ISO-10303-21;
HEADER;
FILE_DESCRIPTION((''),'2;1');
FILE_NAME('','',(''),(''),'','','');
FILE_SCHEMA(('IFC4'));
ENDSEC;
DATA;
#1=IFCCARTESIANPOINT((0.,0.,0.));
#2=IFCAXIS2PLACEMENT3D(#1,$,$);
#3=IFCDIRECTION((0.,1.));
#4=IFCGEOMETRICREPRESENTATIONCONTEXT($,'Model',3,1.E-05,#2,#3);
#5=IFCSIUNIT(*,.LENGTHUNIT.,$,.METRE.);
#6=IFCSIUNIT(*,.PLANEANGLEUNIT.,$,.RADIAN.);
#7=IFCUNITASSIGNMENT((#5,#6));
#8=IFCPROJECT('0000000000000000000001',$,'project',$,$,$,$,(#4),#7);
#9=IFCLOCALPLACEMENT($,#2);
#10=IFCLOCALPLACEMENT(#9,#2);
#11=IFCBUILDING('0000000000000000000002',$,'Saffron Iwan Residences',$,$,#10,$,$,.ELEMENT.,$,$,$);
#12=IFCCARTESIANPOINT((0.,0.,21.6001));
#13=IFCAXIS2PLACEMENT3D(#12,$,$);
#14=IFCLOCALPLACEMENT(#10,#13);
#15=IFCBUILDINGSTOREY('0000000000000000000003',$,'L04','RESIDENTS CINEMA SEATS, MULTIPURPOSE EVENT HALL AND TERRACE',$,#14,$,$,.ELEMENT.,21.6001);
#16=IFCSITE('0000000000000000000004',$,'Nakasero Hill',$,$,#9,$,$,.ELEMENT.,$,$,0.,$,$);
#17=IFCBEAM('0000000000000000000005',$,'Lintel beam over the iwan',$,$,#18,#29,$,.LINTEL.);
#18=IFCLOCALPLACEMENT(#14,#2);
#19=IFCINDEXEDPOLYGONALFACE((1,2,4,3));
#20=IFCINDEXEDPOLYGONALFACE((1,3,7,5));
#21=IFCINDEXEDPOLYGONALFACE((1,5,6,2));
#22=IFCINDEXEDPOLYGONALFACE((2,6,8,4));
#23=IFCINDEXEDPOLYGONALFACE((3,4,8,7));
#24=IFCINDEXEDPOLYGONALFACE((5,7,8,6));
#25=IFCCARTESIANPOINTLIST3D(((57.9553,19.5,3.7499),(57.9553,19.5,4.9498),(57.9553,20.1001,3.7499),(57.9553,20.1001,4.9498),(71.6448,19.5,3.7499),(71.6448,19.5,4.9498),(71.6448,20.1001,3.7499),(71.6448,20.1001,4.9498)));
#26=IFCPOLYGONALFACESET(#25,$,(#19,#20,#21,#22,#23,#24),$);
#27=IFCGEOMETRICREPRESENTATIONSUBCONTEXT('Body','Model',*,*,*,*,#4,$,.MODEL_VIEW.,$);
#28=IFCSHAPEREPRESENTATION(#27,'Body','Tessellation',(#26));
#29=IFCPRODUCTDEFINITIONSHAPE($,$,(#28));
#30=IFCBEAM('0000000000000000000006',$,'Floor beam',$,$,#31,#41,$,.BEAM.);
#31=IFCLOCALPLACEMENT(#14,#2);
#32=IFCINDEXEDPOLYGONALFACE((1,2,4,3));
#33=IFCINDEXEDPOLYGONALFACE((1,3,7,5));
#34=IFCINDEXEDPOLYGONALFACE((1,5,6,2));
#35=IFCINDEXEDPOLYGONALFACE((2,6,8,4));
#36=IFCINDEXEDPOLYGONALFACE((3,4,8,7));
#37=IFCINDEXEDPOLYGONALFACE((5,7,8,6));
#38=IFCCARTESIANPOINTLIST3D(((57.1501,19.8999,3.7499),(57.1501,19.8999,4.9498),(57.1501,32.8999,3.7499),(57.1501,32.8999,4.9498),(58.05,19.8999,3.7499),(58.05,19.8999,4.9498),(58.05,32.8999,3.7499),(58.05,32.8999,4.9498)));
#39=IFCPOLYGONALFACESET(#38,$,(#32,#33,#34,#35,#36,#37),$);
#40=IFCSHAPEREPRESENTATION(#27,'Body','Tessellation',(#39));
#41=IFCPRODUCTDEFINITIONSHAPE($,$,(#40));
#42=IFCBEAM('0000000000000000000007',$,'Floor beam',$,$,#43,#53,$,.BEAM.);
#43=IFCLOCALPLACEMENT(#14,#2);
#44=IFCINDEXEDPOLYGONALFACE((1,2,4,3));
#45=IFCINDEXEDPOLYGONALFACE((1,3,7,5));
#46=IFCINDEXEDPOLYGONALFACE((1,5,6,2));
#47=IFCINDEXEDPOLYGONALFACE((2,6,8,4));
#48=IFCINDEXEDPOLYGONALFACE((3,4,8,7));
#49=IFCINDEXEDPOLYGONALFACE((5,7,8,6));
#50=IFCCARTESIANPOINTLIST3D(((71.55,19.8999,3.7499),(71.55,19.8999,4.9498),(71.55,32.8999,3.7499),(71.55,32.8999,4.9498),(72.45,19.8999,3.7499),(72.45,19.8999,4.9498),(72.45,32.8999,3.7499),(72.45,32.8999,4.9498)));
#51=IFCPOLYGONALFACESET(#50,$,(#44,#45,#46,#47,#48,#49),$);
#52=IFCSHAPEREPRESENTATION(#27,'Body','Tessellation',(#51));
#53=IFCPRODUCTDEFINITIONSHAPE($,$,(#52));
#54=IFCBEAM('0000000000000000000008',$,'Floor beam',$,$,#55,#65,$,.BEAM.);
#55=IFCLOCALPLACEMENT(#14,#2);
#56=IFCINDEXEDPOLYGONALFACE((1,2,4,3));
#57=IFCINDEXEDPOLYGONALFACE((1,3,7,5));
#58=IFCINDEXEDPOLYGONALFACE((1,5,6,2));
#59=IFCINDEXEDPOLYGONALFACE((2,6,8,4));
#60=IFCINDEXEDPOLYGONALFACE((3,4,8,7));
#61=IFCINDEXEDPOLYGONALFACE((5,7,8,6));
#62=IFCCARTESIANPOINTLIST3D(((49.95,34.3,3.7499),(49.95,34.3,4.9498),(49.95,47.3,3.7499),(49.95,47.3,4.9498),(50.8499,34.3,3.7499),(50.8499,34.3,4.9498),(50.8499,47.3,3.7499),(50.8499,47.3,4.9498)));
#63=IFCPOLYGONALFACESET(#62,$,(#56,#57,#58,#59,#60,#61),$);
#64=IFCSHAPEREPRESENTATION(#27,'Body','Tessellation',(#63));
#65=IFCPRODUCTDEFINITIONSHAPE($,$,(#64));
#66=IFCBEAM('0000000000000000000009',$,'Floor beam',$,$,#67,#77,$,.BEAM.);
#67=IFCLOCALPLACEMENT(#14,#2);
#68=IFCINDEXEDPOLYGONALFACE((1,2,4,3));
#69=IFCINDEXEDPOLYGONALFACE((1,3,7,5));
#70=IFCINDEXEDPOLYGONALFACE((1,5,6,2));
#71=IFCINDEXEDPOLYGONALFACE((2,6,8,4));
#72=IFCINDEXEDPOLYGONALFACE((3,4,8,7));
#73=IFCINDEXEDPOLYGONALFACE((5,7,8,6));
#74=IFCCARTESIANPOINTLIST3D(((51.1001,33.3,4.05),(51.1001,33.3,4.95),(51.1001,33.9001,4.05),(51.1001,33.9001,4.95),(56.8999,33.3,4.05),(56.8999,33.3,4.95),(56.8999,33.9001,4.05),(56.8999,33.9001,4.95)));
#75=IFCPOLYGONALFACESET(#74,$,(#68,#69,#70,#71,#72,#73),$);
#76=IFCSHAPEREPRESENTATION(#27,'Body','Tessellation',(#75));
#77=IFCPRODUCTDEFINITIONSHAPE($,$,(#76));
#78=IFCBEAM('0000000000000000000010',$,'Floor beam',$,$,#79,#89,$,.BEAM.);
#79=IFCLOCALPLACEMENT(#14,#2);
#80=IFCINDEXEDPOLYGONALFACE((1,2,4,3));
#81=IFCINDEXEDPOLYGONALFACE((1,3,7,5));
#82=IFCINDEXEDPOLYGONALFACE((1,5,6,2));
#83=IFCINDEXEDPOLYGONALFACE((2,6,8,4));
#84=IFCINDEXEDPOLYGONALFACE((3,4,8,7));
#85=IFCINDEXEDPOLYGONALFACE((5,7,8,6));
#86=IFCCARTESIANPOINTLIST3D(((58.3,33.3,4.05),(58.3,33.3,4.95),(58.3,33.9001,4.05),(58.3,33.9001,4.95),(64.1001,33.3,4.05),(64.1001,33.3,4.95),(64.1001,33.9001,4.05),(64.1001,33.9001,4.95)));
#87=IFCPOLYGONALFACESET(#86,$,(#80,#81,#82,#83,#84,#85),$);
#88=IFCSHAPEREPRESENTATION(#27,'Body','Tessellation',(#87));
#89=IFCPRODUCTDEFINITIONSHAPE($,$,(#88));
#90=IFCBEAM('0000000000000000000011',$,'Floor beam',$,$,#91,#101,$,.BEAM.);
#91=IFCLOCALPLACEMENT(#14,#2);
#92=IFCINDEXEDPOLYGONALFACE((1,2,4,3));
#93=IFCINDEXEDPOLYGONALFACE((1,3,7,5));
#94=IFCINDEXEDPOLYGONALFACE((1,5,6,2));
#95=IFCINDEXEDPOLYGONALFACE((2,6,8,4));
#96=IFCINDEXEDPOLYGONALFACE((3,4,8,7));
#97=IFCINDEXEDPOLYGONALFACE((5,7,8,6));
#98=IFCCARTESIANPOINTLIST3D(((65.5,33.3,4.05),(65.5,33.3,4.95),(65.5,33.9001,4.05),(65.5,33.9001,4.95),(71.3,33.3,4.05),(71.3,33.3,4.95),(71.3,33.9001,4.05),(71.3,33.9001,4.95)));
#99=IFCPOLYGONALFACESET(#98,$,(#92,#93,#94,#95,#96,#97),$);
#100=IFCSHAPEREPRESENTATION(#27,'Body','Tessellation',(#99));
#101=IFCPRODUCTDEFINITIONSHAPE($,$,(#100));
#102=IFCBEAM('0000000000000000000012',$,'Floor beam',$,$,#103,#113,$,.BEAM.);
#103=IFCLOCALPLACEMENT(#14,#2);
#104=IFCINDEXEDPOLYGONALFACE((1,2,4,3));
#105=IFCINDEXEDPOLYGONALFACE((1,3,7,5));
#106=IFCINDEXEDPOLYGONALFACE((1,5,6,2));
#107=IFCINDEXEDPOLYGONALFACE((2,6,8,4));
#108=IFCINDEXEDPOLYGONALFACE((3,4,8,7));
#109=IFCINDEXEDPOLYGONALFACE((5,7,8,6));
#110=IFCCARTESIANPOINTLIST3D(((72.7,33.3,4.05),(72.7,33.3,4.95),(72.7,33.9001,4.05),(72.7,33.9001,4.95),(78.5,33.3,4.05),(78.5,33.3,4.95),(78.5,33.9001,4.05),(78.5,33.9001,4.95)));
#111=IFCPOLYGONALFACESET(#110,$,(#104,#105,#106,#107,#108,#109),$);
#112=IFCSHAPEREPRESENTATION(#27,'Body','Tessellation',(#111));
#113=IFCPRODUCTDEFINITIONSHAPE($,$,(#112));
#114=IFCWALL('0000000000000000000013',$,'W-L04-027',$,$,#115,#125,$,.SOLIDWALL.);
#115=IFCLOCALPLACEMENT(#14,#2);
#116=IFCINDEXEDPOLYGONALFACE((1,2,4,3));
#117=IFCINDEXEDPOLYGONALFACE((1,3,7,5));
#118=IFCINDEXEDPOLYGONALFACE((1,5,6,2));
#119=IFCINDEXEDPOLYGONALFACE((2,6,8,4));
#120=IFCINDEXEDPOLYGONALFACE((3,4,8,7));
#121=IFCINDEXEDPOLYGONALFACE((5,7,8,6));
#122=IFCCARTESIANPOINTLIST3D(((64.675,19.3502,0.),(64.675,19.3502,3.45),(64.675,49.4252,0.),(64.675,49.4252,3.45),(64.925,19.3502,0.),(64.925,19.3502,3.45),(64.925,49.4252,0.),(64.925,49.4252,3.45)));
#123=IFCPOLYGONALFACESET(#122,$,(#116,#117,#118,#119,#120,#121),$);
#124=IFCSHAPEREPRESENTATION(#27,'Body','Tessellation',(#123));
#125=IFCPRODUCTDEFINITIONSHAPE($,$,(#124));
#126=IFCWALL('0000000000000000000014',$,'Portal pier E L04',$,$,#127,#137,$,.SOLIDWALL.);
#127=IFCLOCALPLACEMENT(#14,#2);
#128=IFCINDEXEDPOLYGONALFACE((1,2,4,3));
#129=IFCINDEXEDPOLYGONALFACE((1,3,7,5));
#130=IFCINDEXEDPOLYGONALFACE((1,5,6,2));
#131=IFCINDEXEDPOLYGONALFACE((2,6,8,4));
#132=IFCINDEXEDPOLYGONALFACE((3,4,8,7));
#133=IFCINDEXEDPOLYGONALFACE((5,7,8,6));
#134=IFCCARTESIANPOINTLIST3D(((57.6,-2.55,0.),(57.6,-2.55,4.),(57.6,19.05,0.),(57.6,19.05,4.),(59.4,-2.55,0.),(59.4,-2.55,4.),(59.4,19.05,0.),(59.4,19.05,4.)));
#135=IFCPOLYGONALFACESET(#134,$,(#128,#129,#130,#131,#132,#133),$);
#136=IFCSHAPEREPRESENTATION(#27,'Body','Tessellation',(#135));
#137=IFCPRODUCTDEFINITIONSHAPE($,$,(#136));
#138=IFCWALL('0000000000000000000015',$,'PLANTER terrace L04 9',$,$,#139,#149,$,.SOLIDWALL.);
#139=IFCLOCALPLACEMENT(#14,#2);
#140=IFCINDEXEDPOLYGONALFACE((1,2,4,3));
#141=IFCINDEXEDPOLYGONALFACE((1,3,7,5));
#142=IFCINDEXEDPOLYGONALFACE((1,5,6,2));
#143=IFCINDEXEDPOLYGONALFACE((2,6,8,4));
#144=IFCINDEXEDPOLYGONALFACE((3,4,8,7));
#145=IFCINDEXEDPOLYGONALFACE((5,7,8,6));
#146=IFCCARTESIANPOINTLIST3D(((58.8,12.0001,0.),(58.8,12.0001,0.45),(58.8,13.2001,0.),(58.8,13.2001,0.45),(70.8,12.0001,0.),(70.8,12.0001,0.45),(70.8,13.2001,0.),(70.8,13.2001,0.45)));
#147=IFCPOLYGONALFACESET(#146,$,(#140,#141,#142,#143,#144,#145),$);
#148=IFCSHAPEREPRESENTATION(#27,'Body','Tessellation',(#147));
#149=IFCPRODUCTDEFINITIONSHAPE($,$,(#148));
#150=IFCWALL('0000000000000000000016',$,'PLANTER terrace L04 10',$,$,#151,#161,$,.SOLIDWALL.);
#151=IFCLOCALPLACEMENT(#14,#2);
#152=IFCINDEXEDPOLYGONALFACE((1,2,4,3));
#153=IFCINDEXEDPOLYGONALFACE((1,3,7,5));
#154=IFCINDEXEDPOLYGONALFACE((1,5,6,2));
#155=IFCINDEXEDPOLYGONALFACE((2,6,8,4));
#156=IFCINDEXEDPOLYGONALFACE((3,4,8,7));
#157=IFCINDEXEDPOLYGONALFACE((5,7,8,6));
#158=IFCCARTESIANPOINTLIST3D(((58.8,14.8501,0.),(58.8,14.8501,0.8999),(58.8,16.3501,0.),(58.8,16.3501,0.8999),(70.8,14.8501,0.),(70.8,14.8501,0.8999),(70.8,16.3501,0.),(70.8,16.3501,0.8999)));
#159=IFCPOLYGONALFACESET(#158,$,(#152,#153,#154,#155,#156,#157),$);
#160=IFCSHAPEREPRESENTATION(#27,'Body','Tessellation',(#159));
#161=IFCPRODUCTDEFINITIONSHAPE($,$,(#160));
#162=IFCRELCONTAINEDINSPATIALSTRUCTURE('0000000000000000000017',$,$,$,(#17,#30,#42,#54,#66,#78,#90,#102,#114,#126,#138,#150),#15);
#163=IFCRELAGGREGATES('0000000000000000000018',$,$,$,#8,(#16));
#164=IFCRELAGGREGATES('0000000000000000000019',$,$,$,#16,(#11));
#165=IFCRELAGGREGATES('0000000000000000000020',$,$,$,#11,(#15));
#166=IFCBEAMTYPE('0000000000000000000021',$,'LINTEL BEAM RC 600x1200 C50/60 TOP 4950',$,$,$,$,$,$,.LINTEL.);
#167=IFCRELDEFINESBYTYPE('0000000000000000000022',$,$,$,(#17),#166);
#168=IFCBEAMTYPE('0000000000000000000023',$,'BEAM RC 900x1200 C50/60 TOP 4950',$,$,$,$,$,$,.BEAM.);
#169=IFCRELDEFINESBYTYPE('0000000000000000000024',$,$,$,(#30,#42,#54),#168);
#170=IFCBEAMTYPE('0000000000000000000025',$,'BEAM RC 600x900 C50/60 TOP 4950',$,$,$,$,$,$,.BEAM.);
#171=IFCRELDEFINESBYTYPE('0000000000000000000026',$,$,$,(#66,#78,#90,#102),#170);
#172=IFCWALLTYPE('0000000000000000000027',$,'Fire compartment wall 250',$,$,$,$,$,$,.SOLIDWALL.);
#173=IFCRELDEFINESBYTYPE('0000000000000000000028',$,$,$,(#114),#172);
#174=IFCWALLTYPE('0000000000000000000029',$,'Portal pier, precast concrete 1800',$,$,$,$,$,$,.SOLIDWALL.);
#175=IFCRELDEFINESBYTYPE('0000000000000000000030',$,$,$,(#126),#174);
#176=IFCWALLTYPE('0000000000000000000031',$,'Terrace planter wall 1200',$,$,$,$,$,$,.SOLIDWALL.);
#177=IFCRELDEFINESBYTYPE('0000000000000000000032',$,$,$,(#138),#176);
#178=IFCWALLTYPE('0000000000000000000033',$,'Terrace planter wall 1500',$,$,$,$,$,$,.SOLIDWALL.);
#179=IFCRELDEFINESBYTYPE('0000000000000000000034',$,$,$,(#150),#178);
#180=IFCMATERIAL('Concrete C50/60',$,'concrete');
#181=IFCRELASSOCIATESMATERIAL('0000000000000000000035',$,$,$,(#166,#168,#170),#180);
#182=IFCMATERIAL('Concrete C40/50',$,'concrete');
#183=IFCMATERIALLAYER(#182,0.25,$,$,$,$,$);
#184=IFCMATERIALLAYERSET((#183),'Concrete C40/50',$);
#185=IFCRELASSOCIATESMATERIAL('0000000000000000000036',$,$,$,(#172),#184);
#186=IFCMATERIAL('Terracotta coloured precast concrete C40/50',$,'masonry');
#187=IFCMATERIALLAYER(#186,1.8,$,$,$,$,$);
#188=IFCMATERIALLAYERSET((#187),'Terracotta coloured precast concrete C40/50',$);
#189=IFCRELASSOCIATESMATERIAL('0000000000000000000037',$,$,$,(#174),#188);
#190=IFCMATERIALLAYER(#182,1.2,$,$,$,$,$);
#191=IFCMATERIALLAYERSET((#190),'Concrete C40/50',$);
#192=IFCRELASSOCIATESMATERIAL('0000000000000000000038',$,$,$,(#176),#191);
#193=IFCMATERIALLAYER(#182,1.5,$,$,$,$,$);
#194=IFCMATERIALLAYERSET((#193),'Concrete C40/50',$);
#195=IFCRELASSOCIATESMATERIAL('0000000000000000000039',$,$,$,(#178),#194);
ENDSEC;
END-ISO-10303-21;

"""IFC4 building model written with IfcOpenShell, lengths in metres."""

from ifc_helpers import new_model, si_unit, direction, frame, frame_2d, origin, origin_2d, place, context, subcontext, project, spatial, rectangle, extrude, source, transform, mapped, material, layer, layer_set, material_profile, profile_set, type_object, element, save


model = new_model("IFC4")

# Units and contexts
model_context = context("Model", 3, precision=1e-05, world=origin(), true_north=direction((0.0, 1.0)))
body_context = subcontext(model_context, "Body", "Model", "MODEL_VIEW")
ifc_project = project(units=[si_unit("LENGTHUNIT", "METRE"), si_unit("PLANEANGLEUNIT", "RADIAN")], contexts=[model_context])

# Site, building, storey
site_placement = place(None, origin())
site = spatial("IfcSite", under=ifc_project, at=site_placement, Name="Nakasero Hill", CompositionType="ELEMENT", RefElevation=0.0)
building_placement = place(site_placement, origin())
building = spatial("IfcBuilding", under=site, at=building_placement, Name="Saffron Iwan Residences", CompositionType="ELEMENT")
storey_placement = place(building_placement, frame((0.0, 0.0, 21.6001)))
storey = spatial("IfcBuildingStorey", under=building, at=storey_placement, Name="L04", Description="RESIDENTS CINEMA SEATS, MULTIPURPOSE EVENT HALL AND TERRACE", CompositionType="ELEMENT", Elevation=21.6001)

# Shared definitions
ifc_material_1 = material(Name="Concrete C50/60", Category="concrete")

# Beams
ifc_material_profile_1 = material_profile(ifc_material_1, rectangle(XDim=0.6001, YDim=1.2, at=origin_2d()), Name="RC 600x1200")
ifc_profile_set_1 = profile_set([ifc_material_profile_1], Name="Concrete C50/60")
beam_type_1 = type_object("IfcBeamType", Name="LINTEL BEAM RC 600x1200 C50/60 TOP 4950", PredefinedType="LINTEL", material=ifc_profile_set_1)
shared_shape_1 = source(origin(), body_context, "Body", "SweptSolid", [
    extrude(rectangle(XDim=0.6001, YDim=1.2, at=origin_2d()), origin(), (0.0, 0.0, 1.0), 13.6895),
])
beam_1_placement = place(storey_placement, frame((71.6448, 19.8, 4.3499), z_axis=(-1.0, 0.0, 0.0), x_axis=(0.0, -1.0, 0.0)))
element("IfcBeam", 1, at=beam_1_placement, inside=storey, type_object=beam_type_1, Name="Lintel beam over the iwan", PredefinedType="LINTEL", context=body_context, shape_type="MappedRepresentation", body=[
    mapped(shared_shape_1, transform((0.0, 0.0, 0.0))),
])
ifc_material_profile_2 = material_profile(ifc_material_1, rectangle(XDim=0.8999, YDim=1.2, at=origin_2d()), Name="RC 900x1200")
ifc_profile_set_2 = profile_set([ifc_material_profile_2], Name="Concrete C50/60")
beam_type_2 = type_object("IfcBeamType", Name="BEAM RC 900x1200 C50/60 TOP 4950", PredefinedType="BEAM", material=ifc_profile_set_2)
shared_shape_2 = source(origin(), body_context, "Body", "SweptSolid", [
    extrude(rectangle(XDim=0.8999, YDim=1.2, at=origin_2d()), origin(), (0.0, 0.0, 1.0), 13.0),
])
for number, where, z_axis, x_axis, name in (
    (2, (57.6001, 19.8999, 4.3499), (0.0, 1.0, 0.0), (-1.0, 0.0, 0.0), "Floor beam"),
    (3, (72.0, 19.8999, 4.3499), (0.0, 1.0, 0.0), (-1.0, 0.0, 0.0), "Floor beam"),
    (4, (50.3999, 34.3, 4.3499), (0.0, 1.0, 0.0), (-1.0, 0.0, 0.0), "Floor beam"),
):
    element("IfcBeam", number, at=place(storey_placement, frame(where, z_axis=z_axis, x_axis=x_axis)), inside=storey, type_object=beam_type_2, Name=name, PredefinedType="BEAM", context=body_context, shape_type="MappedRepresentation", body=[
        mapped(shared_shape_2, transform((0.0, 0.0, 0.0))),
    ])
ifc_material_profile_3 = material_profile(ifc_material_1, rectangle(XDim=0.6001, YDim=0.8999, at=origin_2d()), Name="RC 600x900")
ifc_profile_set_3 = profile_set([ifc_material_profile_3], Name="Concrete C50/60")
beam_type_3 = type_object("IfcBeamType", Name="BEAM RC 600x900 C50/60 TOP 4950", PredefinedType="BEAM", material=ifc_profile_set_3)
shared_shape_3 = source(origin(), body_context, "Body", "SweptSolid", [
    extrude(rectangle(XDim=0.6001, YDim=0.8999, at=origin_2d()), origin(), (0.0, 0.0, 1.0), 5.7998),
])
beam_2_placement = place(storey_placement, frame((51.1001, 33.6001, 4.5), z_axis=(1.0, 0.0, 0.0), x_axis=(0.0, 1.0, 0.0)))
element("IfcBeam", 5, at=beam_2_placement, inside=storey, type_object=beam_type_3, Name="Floor beam", PredefinedType="BEAM", context=body_context, shape_type="MappedRepresentation", body=[
    mapped(shared_shape_3, transform((0.0, 0.0, 0.0))),
])
shared_shape_4 = source(origin(), body_context, "Body", "SweptSolid", [
    extrude(rectangle(XDim=0.6001, YDim=0.8999, at=origin_2d()), origin(), (0.0, 0.0, 1.0), 5.8),
])
for number, where, z_axis, x_axis, name in (
    (6, (58.3, 33.6001, 4.5), (1.0, 0.0, 0.0), (0.0, 1.0, 0.0), "Floor beam"),
    (7, (65.5, 33.6001, 4.5), (1.0, 0.0, 0.0), (0.0, 1.0, 0.0), "Floor beam"),
    (8, (72.7, 33.6001, 4.5), (1.0, 0.0, 0.0), (0.0, 1.0, 0.0), "Floor beam"),
):
    element("IfcBeam", number, at=place(storey_placement, frame(where, z_axis=z_axis, x_axis=x_axis)), inside=storey, type_object=beam_type_3, Name=name, PredefinedType="BEAM", context=body_context, shape_type="MappedRepresentation", body=[
        mapped(shared_shape_4, transform((0.0, 0.0, 0.0))),
    ])

# Walls
ifc_material_2 = material(Name="Concrete C40/50", Category="concrete")
ifc_layer_1 = layer(ifc_material_2, 0.25)
ifc_layer_set_1 = layer_set([ifc_layer_1], Name="Concrete C40/50")
wall_type_1 = type_object("IfcWallType", Name="Fire compartment wall 250", PredefinedType="SOLIDWALL", material=ifc_layer_set_1)
wall_1_placement = place(storey_placement, frame((64.8, 19.3501, 0.0), z_axis=(0.0, 0.0, 1.0), x_axis=(0.0, 1.0, 0.0)))
element("IfcWall", 9, at=wall_1_placement, inside=storey, type_object=wall_type_1, Name="W-L04-027", PredefinedType="SOLIDWALL", context=body_context, shape_type="SweptSolid", body=[
    extrude(rectangle(XDim=30.075, YDim=0.25, at=frame_2d((15.0376, 0.0))), origin(), (0.0, 0.0, 1.0), 3.45),
])
ifc_material_3 = material(Name="Terracotta coloured precast concrete C40/50", Category="masonry")
ifc_layer_2 = layer(ifc_material_3, 1.8)
ifc_layer_set_2 = layer_set([ifc_layer_2], Name="Terracotta coloured precast concrete C40/50")
wall_type_2 = type_object("IfcWallType", Name="Portal pier, precast concrete 1800", PredefinedType="SOLIDWALL", material=ifc_layer_set_2)
wall_2_placement = place(storey_placement, frame((58.5, -2.55, 0.0), z_axis=(0.0, 0.0, 1.0), x_axis=(0.0, 1.0, 0.0)))
element("IfcWall", 10, at=wall_2_placement, inside=storey, type_object=wall_type_2, Name="Portal pier E L04", PredefinedType="SOLIDWALL", context=body_context, shape_type="SweptSolid", body=[
    extrude(rectangle(XDim=21.6001, YDim=1.8, at=frame_2d((10.8, 0.0))), origin(), (0.0, 0.0, 1.0), 4.0),
])
ifc_layer_3 = layer(ifc_material_2, 1.2)
ifc_layer_set_3 = layer_set([ifc_layer_3], Name="Concrete C40/50")
wall_type_3 = type_object("IfcWallType", Name="Terrace planter wall 1200", PredefinedType="SOLIDWALL", material=ifc_layer_set_3)
wall_3_placement = place(storey_placement, frame((58.8, 12.6001, 0.0), z_axis=(0.0, 0.0, 1.0), x_axis=(1.0, 0.0, 0.0)))
element("IfcWall", 11, at=wall_3_placement, inside=storey, type_object=wall_type_3, Name="PLANTER terrace L04 9", PredefinedType="SOLIDWALL", context=body_context, shape_type="SweptSolid", body=[
    extrude(rectangle(XDim=12.0, YDim=1.2, at=frame_2d((6.0, 0.0))), origin(), (0.0, 0.0, 1.0), 0.45),
])
ifc_layer_4 = layer(ifc_material_2, 1.5)
ifc_layer_set_4 = layer_set([ifc_layer_4], Name="Concrete C40/50")
wall_type_4 = type_object("IfcWallType", Name="Terrace planter wall 1500", PredefinedType="SOLIDWALL", material=ifc_layer_set_4)
wall_4_placement = place(storey_placement, frame((58.8, 15.6001, 0.0), z_axis=(0.0, 0.0, 1.0), x_axis=(1.0, 0.0, 0.0)))
element("IfcWall", 12, at=wall_4_placement, inside=storey, type_object=wall_type_4, Name="PLANTER terrace L04 10", PredefinedType="SOLIDWALL", context=body_context, shape_type="SweptSolid", body=[
    extrude(rectangle(XDim=12.0, YDim=1.5, at=frame_2d((6.0, 0.0))), origin(), (0.0, 0.0, 1.0), 0.8999),
])

save(model, "model.ifc")
